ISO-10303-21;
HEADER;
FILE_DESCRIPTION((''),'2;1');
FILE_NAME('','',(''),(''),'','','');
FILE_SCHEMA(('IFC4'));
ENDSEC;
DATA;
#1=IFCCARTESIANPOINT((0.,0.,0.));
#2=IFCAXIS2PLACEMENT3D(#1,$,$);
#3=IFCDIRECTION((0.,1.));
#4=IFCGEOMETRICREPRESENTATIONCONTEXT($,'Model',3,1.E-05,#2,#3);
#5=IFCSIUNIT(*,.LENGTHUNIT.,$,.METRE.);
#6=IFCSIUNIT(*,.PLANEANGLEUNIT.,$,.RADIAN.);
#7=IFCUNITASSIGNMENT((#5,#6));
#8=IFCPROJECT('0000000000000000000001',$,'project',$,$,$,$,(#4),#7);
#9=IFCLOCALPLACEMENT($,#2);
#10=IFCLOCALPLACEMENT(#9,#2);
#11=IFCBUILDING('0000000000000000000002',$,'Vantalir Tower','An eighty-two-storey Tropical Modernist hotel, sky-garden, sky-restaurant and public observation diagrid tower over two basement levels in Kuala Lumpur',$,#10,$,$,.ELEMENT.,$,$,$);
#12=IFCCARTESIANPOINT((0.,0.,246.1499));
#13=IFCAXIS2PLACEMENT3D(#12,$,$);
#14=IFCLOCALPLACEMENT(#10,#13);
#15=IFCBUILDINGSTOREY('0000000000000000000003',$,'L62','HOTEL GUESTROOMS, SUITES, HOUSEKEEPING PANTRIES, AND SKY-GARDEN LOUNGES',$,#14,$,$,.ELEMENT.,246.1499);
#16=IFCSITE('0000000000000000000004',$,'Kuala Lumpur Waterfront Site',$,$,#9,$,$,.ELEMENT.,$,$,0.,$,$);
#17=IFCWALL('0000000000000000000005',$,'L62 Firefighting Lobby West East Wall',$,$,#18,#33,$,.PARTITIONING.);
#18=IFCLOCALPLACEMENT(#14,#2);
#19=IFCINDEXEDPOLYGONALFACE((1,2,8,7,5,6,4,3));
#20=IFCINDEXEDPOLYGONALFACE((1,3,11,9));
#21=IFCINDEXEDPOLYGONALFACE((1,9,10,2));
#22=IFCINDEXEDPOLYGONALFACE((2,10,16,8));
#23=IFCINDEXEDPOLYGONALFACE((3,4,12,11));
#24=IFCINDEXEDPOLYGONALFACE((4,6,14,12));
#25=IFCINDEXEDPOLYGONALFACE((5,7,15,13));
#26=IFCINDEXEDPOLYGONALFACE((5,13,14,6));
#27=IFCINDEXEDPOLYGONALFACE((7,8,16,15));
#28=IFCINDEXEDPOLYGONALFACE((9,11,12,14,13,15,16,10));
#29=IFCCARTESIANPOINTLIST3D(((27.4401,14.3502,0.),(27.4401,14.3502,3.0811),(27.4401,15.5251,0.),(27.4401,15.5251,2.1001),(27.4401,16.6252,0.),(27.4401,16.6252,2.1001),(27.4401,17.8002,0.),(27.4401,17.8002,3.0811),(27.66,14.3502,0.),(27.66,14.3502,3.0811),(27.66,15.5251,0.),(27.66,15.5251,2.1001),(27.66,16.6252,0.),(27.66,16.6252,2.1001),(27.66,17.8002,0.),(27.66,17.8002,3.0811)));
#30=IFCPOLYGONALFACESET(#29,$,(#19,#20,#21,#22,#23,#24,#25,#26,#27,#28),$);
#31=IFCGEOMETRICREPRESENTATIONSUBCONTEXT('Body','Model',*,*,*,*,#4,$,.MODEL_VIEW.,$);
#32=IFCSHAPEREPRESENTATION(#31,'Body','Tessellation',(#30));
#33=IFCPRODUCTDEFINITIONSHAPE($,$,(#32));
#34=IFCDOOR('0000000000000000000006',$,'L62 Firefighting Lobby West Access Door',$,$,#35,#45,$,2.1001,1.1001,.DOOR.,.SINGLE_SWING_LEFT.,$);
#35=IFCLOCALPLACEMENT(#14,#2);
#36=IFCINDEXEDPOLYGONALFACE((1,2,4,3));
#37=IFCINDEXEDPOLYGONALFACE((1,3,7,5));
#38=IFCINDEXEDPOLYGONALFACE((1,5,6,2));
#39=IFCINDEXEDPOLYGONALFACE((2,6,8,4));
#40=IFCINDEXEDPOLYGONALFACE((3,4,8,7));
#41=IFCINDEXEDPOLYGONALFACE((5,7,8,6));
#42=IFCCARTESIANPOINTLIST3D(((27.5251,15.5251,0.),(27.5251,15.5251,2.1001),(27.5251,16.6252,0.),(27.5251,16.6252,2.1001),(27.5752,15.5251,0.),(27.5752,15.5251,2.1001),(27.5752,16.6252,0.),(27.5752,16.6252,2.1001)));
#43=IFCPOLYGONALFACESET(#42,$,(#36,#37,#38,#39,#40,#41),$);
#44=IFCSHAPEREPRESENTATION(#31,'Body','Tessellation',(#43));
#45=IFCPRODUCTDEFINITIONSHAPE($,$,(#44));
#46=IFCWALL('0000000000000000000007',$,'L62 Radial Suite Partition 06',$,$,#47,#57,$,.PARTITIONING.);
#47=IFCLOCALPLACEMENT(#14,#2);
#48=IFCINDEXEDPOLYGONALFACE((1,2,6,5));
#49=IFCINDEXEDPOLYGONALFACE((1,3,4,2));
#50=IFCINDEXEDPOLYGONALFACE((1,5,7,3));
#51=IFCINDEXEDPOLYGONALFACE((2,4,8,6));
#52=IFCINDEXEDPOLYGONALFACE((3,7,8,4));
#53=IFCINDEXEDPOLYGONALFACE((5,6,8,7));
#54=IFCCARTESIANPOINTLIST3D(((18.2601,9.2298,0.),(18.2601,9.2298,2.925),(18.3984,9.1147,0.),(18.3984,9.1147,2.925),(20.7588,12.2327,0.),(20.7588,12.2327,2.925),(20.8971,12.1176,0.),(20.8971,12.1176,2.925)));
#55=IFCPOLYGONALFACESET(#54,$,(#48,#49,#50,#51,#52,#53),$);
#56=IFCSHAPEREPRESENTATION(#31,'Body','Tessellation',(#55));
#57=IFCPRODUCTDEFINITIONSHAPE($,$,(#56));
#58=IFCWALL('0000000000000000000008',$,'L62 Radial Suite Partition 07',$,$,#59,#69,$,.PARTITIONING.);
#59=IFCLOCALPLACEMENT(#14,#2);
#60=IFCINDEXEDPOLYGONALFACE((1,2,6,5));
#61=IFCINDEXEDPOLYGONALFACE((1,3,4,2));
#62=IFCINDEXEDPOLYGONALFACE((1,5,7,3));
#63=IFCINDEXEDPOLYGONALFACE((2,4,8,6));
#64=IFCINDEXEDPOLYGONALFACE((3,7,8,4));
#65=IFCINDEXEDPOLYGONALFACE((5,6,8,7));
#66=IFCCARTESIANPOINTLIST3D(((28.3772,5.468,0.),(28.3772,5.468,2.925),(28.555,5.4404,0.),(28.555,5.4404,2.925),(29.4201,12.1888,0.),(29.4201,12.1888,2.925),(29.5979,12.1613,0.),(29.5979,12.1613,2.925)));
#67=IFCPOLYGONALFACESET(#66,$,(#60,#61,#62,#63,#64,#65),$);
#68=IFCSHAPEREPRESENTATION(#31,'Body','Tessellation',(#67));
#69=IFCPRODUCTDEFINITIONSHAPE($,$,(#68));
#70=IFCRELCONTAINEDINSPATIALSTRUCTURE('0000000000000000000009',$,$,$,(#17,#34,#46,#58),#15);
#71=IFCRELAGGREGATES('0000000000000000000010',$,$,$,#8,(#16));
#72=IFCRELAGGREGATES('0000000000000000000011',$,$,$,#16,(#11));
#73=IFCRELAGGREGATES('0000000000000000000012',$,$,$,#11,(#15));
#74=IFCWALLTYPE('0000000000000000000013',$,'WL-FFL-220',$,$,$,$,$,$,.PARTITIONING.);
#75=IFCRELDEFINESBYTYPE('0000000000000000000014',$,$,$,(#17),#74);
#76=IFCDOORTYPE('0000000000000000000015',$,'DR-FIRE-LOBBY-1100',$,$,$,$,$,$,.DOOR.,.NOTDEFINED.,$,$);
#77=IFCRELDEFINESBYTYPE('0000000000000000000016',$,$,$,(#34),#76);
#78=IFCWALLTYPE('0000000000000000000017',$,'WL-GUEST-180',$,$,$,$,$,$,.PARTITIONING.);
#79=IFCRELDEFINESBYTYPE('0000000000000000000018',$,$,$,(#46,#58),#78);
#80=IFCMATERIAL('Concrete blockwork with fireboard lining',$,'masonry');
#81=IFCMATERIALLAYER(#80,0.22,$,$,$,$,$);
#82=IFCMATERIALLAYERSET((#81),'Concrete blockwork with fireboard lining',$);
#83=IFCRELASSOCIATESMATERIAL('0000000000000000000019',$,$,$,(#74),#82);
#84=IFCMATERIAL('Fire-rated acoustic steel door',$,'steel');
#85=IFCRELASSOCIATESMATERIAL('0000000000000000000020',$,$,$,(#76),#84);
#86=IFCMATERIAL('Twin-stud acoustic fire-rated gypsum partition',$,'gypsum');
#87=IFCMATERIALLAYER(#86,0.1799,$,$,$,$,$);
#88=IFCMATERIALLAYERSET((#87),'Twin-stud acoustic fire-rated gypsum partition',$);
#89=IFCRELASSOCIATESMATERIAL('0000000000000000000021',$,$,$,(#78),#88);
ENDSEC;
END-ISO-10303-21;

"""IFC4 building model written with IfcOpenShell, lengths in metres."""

from ifc_helpers import new_model, si_unit, direction, frame, frame_2d, origin, place, context, subcontext, project, spatial, rectangle, extrude, material, layer, layer_set, type_object, element, fill, save


model = new_model("IFC4")

# Units and contexts
model_context = context("Model", 3, precision=1e-05, world=origin(), true_north=direction((0.0, 1.0)))
body_context = subcontext(model_context, "Body", "Model", "MODEL_VIEW")
ifc_project = project(units=[si_unit("LENGTHUNIT", "METRE"), si_unit("PLANEANGLEUNIT", "RADIAN")], contexts=[model_context])

# Site, building, storey
site_placement = place(None, origin())
site = spatial("IfcSite", under=ifc_project, at=site_placement, Name="Kuala Lumpur Waterfront Site", CompositionType="ELEMENT", RefElevation=0.0)
building_placement = place(site_placement, origin())
building = spatial("IfcBuilding", under=site, at=building_placement, Name="Vantalir Tower", Description="An eighty-two-storey Tropical Modernist hotel, sky-garden, sky-restaurant and public observation diagrid tower over two basement levels in Kuala Lumpur", CompositionType="ELEMENT")
storey_placement = place(building_placement, frame((0.0, 0.0, 246.1499)))
storey = spatial("IfcBuildingStorey", under=building, at=storey_placement, Name="L62", Description="HOTEL GUESTROOMS, SUITES, HOUSEKEEPING PANTRIES, AND SKY-GARDEN LOUNGES", CompositionType="ELEMENT", Elevation=246.1499)

# Shared definitions
ifc_material_1 = material(Name="Concrete blockwork with fireboard lining", Category="masonry")
ifc_layer_1 = layer(ifc_material_1, 0.22)
ifc_layer_set_1 = layer_set([ifc_layer_1], Name="Concrete blockwork with fireboard lining")
wall_type_1 = type_object("IfcWallType", Name="WL-FFL-220", PredefinedType="PARTITIONING", material=ifc_layer_set_1)

# Wall, opening, door
wall_1_placement = place(storey_placement, frame((27.55, 14.3501, 0.0), z_axis=(0.0, 0.0, 1.0), x_axis=(0.0, 1.0, 0.0)))
wall_1 = element("IfcWall", 1, at=wall_1_placement, inside=storey, type_object=wall_type_1, Name="L62 Firefighting Lobby West East Wall", PredefinedType="PARTITIONING", context=body_context, shape_type="SweptSolid", body=[
    extrude(rectangle(XDim=3.45, YDim=0.22, at=frame_2d((1.7251, 0.0))), origin(), (0.0, 0.0, 1.0), 3.0811),
])
opening_1_placement = place(wall_1_placement, frame((1.175, 0.0, 0.0)))
opening_1 = element("IfcOpeningElement", 2, at=opening_1_placement, cuts=wall_1, PredefinedType="OPENING", context=body_context, shape_type="SweptSolid", body=[
    extrude(rectangle(XDim=1.1001, YDim=2.1001, at=frame_2d((0.55, 1.05))), frame((0.0, 0.1199, 0.0), z_axis=(0.0, -1.0, 0.0), x_axis=(1.0, 0.0, 0.0)), (0.0, 0.0, 1.0), 0.24),
])
ifc_material_2 = material(Name="Fire-rated acoustic steel door", Category="steel")
door_type_1 = type_object("IfcDoorType", Name="DR-FIRE-LOBBY-1100", OperationType="NOTDEFINED", PredefinedType="DOOR", material=ifc_material_2)
door_1_placement = place(opening_1_placement, origin())
door_1 = element("IfcDoor", 3, at=door_1_placement, inside=storey, type_object=door_type_1, Name="L62 Firefighting Lobby West Access Door", OperationType="SINGLE_SWING_LEFT", OverallHeight=2.1001, OverallWidth=1.1001, PredefinedType="DOOR", context=body_context, shape_type="SweptSolid", body=[
    extrude(rectangle(XDim=1.1001, YDim=2.1001, at=frame_2d((0.55, 1.05))), frame((0.0, 0.0249, 0.0), z_axis=(0.0, -1.0, 0.0), x_axis=(1.0, 0.0, 0.0)), (0.0, 0.0, 1.0), 0.05),
])
fill(opening_1, door_1)

# Walls
ifc_material_3 = material(Name="Twin-stud acoustic fire-rated gypsum partition", Category="gypsum")
ifc_layer_2 = layer(ifc_material_3, 0.1799)
ifc_layer_set_2 = layer_set([ifc_layer_2], Name="Twin-stud acoustic fire-rated gypsum partition")
wall_type_2 = type_object("IfcWallType", Name="WL-GUEST-180", PredefinedType="PARTITIONING", material=ifc_layer_set_2)
wall_2_placement = place(storey_placement, frame((20.8279, 12.175, 0.0), z_axis=(0.0, 0.0, 1.0), x_axis=(-0.639631, -0.768682, 0.0)))
element("IfcWall", 4, at=wall_2_placement, inside=storey, type_object=wall_type_2, Name="L62 Radial Suite Partition 06", PredefinedType="PARTITIONING", context=body_context, shape_type="SweptSolid", body=[
    extrude(rectangle(XDim=3.9065, YDim=0.1799, at=frame_2d((1.9531, 0.0))), origin(), (0.0, 0.0, 1.0), 2.925),
])
wall_3_placement = place(storey_placement, frame((29.509, 12.175, 0.0), z_axis=(0.0, 0.0, 1.0), x_axis=(-0.153346, -0.988172, 0.0)))
element("IfcWall", 5, at=wall_3_placement, inside=storey, type_object=wall_type_2, Name="L62 Radial Suite Partition 07", PredefinedType="PARTITIONING", context=body_context, shape_type="SweptSolid", body=[
    extrude(rectangle(XDim=6.8013, YDim=0.1799, at=frame_2d((3.4006, 0.0))), origin(), (0.0, 0.0, 1.0), 2.925),
])

save(model, "model.ifc")
